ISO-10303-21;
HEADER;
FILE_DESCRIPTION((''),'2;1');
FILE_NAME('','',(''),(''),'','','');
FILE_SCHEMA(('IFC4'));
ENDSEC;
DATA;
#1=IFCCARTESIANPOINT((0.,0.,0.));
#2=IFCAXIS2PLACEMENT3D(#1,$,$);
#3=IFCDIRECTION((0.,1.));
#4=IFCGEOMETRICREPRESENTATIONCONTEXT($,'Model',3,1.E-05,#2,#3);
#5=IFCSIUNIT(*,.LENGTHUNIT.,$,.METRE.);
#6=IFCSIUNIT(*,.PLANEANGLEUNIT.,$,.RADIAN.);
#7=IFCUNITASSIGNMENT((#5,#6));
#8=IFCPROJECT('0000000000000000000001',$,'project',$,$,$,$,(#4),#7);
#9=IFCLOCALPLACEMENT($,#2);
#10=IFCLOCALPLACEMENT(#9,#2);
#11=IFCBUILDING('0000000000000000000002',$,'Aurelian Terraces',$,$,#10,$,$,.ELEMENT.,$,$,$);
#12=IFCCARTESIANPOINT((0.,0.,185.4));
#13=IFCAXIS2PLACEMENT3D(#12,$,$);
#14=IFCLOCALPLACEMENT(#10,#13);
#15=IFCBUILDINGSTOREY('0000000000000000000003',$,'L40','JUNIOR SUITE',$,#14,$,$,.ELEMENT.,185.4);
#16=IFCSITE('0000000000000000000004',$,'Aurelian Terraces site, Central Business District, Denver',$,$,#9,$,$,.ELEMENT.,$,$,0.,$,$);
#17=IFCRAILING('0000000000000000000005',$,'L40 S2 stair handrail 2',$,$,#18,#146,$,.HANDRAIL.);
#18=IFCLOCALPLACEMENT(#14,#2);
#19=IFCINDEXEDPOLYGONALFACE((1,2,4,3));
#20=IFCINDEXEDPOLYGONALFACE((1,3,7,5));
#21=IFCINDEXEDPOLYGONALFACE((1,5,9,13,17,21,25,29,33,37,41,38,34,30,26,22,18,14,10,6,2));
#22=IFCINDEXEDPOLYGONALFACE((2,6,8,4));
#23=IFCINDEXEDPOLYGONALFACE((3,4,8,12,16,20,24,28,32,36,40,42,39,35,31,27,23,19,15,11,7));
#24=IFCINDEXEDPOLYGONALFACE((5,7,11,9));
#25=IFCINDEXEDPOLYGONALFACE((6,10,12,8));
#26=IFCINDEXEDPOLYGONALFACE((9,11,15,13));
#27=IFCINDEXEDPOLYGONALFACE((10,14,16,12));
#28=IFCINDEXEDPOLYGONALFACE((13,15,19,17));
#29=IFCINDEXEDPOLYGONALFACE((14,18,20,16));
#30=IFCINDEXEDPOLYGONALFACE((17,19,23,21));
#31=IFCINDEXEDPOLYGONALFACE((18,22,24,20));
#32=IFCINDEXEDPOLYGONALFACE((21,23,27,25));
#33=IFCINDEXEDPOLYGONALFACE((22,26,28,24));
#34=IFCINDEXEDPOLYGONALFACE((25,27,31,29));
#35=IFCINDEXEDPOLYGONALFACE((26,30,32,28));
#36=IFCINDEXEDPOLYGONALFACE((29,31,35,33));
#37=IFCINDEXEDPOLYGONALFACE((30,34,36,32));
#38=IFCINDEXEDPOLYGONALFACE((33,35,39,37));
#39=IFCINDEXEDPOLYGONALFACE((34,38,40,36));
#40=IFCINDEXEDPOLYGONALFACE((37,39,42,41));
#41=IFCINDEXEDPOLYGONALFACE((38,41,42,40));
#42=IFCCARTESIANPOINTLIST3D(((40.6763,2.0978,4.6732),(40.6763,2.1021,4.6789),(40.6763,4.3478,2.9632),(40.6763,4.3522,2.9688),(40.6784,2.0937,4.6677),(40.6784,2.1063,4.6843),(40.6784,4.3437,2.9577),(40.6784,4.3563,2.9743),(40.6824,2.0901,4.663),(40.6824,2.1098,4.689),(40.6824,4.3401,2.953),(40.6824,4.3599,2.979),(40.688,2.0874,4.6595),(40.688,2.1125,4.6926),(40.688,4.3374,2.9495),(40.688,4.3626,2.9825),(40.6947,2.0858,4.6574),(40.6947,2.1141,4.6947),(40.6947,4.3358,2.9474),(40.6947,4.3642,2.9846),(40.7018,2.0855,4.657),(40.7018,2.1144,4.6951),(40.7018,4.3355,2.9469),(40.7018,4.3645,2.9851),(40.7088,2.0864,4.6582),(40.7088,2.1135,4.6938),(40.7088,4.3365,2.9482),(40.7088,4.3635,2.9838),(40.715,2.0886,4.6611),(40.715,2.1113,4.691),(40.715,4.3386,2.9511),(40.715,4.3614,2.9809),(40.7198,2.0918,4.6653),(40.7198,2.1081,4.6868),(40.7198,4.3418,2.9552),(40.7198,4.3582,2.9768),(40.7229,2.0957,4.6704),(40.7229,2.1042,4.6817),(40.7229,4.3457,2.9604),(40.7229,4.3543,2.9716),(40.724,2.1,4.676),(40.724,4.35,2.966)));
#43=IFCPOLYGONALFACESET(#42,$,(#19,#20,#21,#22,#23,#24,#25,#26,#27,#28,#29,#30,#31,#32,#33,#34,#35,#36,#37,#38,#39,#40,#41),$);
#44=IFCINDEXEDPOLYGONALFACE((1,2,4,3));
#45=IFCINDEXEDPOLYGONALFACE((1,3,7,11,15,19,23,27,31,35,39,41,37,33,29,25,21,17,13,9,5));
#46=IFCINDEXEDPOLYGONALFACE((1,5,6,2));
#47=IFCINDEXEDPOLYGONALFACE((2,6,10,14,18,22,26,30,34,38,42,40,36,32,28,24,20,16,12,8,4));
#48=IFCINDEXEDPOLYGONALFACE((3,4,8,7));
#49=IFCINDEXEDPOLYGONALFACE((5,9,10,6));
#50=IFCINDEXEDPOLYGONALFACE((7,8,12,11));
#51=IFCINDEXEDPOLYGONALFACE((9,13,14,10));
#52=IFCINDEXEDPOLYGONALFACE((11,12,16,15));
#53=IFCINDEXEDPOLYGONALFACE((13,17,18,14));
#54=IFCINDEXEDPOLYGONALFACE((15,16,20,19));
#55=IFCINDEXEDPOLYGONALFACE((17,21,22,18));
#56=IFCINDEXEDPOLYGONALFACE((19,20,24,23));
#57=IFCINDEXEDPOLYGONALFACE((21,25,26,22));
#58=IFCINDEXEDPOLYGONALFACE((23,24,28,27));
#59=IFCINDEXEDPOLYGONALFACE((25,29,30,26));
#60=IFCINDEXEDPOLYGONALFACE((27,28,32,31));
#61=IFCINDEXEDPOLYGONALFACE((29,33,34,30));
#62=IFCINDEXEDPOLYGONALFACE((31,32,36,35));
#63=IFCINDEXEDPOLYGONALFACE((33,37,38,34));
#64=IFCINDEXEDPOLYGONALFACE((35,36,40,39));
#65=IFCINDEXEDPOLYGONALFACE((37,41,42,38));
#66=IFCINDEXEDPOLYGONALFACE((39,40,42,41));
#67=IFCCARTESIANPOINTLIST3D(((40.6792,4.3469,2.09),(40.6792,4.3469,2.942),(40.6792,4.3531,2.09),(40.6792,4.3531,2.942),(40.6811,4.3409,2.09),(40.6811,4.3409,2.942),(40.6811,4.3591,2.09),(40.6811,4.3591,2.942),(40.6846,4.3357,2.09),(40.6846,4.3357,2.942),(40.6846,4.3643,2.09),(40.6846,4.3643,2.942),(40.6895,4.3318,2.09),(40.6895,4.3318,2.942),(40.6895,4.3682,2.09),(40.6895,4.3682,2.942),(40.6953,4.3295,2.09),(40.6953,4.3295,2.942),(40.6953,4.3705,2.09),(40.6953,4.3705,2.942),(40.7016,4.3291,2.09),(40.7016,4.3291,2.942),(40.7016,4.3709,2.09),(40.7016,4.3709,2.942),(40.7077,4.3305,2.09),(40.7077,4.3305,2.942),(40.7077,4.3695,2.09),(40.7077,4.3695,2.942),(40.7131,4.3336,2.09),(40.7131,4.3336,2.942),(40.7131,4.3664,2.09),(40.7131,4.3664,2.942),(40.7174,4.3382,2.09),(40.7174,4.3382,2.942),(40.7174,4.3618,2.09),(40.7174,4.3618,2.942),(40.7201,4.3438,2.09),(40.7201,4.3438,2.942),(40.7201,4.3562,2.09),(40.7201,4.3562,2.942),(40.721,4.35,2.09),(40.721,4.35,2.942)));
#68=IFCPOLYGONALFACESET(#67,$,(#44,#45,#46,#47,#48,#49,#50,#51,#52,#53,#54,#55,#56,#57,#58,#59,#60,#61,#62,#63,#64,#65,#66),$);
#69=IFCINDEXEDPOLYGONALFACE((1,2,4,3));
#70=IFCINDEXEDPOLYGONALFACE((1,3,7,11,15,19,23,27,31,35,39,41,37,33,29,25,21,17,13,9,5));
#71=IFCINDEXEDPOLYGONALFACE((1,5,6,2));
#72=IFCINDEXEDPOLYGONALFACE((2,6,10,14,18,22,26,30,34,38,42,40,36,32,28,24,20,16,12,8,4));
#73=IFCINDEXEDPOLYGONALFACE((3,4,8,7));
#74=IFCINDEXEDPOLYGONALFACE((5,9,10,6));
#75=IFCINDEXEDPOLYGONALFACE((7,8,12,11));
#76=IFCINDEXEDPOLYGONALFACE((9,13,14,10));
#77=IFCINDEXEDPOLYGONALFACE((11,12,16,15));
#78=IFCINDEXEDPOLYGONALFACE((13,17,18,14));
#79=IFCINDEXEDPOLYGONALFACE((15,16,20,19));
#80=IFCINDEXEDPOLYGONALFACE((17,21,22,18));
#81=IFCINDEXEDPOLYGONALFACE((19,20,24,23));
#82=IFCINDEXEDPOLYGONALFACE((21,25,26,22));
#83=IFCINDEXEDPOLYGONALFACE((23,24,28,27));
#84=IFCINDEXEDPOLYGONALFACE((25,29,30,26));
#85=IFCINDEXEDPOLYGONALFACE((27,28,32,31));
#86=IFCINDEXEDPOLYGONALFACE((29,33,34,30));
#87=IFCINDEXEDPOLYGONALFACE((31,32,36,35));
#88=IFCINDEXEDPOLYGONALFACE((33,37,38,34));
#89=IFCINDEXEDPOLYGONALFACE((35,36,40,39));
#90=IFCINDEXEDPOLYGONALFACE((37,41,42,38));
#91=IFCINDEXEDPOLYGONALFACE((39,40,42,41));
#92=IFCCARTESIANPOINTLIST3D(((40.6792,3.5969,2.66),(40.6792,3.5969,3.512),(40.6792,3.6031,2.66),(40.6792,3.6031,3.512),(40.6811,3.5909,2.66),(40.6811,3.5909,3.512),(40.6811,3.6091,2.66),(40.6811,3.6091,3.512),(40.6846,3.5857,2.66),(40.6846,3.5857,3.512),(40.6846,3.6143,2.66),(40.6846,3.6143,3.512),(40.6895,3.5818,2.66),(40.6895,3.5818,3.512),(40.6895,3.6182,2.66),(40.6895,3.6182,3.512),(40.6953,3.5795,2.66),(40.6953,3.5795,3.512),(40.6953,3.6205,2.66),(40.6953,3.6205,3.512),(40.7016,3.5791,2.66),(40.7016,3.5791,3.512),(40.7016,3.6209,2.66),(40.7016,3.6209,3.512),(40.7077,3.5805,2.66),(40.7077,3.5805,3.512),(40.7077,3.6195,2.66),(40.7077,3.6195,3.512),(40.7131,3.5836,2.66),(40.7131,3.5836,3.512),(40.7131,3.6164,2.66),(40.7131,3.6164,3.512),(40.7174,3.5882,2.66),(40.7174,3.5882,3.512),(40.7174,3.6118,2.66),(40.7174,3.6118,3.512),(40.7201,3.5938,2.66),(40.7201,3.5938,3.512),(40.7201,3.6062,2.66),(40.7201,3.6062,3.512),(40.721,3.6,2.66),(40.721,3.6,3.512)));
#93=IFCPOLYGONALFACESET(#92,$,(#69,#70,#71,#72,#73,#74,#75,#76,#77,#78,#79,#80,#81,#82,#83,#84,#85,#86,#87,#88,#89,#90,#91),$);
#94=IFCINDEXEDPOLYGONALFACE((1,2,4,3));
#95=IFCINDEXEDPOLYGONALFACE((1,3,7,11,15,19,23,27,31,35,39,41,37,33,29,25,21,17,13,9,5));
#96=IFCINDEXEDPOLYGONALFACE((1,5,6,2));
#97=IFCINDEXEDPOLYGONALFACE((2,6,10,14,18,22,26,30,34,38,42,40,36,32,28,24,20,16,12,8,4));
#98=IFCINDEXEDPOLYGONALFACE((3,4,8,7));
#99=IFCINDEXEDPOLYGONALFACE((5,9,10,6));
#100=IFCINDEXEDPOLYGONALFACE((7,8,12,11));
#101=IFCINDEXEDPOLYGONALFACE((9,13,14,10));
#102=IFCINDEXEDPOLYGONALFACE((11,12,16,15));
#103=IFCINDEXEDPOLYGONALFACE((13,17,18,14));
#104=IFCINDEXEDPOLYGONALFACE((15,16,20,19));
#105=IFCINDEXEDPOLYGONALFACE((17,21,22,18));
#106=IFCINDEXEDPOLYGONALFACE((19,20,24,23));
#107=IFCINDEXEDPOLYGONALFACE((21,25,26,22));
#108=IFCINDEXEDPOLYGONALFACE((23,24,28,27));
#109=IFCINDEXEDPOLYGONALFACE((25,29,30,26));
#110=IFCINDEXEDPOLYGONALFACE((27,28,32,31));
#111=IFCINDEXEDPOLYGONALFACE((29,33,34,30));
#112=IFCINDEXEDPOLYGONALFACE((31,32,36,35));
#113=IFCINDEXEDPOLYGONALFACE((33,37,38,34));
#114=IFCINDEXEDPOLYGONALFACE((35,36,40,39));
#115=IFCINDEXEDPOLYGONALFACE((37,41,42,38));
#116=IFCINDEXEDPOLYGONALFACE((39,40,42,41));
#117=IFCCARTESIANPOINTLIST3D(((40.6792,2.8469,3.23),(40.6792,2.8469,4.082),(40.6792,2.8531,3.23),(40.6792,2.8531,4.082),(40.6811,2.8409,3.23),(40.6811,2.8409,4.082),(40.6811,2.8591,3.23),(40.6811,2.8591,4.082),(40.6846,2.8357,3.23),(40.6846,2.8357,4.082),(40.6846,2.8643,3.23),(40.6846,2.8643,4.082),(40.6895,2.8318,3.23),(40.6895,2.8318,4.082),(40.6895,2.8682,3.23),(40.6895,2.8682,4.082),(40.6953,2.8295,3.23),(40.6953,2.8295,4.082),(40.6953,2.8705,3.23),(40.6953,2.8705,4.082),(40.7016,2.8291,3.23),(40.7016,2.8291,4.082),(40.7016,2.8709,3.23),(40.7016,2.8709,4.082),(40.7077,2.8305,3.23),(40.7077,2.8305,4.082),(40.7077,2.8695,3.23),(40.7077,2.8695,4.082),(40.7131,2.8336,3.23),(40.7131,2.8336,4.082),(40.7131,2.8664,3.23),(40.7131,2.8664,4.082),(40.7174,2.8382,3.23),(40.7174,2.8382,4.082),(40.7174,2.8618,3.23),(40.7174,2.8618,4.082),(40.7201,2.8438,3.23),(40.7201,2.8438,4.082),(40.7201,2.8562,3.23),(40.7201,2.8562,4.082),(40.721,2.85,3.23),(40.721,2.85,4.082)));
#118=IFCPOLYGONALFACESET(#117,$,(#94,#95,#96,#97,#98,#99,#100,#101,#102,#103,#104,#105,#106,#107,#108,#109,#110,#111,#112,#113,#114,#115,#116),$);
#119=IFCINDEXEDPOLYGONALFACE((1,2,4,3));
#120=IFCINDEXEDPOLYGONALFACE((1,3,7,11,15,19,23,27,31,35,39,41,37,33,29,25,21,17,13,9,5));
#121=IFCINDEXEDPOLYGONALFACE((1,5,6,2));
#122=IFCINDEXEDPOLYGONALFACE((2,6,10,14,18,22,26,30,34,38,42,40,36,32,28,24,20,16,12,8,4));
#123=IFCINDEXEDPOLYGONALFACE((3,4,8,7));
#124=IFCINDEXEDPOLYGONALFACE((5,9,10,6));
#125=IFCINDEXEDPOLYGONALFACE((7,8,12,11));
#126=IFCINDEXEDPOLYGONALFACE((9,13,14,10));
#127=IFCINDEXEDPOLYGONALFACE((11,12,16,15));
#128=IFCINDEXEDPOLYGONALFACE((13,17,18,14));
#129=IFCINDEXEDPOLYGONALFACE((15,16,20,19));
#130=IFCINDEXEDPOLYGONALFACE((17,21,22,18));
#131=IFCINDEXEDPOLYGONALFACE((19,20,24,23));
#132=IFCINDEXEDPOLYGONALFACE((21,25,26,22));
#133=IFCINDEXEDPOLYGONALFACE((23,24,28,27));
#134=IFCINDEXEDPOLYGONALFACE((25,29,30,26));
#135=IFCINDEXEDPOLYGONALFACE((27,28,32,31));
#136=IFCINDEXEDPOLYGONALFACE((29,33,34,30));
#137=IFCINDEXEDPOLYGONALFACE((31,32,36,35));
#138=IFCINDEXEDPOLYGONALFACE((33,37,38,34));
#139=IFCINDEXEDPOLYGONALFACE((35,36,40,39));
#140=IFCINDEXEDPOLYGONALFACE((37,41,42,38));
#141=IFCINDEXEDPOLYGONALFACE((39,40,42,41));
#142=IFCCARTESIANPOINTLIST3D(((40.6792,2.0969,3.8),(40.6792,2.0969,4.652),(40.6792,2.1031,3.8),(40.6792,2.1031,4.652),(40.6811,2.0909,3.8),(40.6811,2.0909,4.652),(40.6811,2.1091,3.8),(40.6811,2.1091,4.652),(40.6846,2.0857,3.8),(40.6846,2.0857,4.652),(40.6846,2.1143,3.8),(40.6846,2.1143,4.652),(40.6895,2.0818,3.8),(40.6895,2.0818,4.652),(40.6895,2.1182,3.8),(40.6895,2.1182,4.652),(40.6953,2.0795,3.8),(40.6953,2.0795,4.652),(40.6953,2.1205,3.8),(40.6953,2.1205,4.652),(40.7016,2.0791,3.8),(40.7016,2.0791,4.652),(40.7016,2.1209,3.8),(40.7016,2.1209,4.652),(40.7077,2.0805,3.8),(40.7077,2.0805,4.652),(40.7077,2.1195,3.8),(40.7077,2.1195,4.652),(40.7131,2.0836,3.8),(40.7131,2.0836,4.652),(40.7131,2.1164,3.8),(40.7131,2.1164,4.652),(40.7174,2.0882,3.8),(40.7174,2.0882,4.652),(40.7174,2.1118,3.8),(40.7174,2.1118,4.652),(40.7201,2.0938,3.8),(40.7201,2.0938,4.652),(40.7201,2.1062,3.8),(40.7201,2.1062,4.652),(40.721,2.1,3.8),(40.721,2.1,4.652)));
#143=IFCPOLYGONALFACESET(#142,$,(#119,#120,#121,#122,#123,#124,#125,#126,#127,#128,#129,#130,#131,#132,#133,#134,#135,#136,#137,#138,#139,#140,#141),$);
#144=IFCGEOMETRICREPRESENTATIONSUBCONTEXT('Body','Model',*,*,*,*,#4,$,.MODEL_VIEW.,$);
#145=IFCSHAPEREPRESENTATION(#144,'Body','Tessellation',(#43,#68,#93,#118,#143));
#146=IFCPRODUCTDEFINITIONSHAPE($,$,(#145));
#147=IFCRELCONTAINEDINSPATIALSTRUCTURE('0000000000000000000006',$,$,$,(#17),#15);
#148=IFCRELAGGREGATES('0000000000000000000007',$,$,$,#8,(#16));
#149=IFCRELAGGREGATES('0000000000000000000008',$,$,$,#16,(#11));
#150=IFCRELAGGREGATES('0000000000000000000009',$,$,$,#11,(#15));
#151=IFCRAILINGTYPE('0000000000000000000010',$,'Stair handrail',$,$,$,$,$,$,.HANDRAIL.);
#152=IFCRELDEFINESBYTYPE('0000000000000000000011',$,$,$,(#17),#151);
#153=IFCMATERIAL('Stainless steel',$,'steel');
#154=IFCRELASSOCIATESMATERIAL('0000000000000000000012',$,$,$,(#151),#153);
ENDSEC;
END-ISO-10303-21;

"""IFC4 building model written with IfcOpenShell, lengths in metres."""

from ifc_helpers import new_model, si_unit, direction, frame, origin, origin_2d, place, context, subcontext, project, spatial, circle, extrude, source, transform, mapped, material, type_object, element, save


model = new_model("IFC4")

# Units and contexts
model_context = context("Model", 3, precision=1e-05, world=origin(), true_north=direction((0.0, 1.0)))
body_context = subcontext(model_context, "Body", "Model", "MODEL_VIEW")
ifc_project = project(units=[si_unit("LENGTHUNIT", "METRE"), si_unit("PLANEANGLEUNIT", "RADIAN")], contexts=[model_context])

# Site, building, storey
site_placement = place(None, origin())
site = spatial("IfcSite", under=ifc_project, at=site_placement, Name="Aurelian Terraces site, Central Business District, Denver", CompositionType="ELEMENT", RefElevation=0.0)
building_placement = place(site_placement, origin())
building = spatial("IfcBuilding", under=site, at=building_placement, Name="Aurelian Terraces", CompositionType="ELEMENT")
storey_placement = place(building_placement, frame((0.0, 0.0, 185.4)))
storey = spatial("IfcBuildingStorey", under=building, at=storey_placement, Name="L40", Description="JUNIOR SUITE", CompositionType="ELEMENT", Elevation=185.4)

# Railing
ifc_material_1 = material(Name="Stainless steel", Category="steel")
railing_type = type_object("IfcRailingType", Name="Stair handrail", PredefinedType="HANDRAIL", material=ifc_material_1)
shared_shape_1 = source(origin(), body_context, "Body", "SweptSolid", [
    extrude(circle(Radius=0.024, at=origin_2d()), frame((0.0, 0.0, 0.876), z_axis=(0.0, -0.796162, 0.605083), x_axis=(1.0, 0.0, 0.0)), (0.0, 0.0, 1.0), 2.8261),
    extrude(circle(Radius=0.021, at=origin_2d()), origin(), (0.0, 0.0, 1.0), 0.852),
    extrude(circle(Radius=0.021, at=origin_2d()), frame((0.0, -0.75, 0.57)), (0.0, 0.0, 1.0), 0.852),
    extrude(circle(Radius=0.021, at=origin_2d()), frame((0.0, -1.5, 1.14)), (0.0, 0.0, 1.0), 0.852),
    extrude(circle(Radius=0.021, at=origin_2d()), frame((0.0, -2.25, 1.71)), (0.0, 0.0, 1.0), 0.852),
])
railing_placement = place(storey_placement, frame((40.7, 4.35, 2.09)))
element("IfcRailing", 1, at=railing_placement, inside=storey, type_object=railing_type, Name="L40 S2 stair handrail 2", PredefinedType="HANDRAIL", context=body_context, shape_type="MappedRepresentation", body=[
    mapped(shared_shape_1, transform((0.0, 0.0, 0.0), scale=1.0)),
])

save(model, "model.ifc")
